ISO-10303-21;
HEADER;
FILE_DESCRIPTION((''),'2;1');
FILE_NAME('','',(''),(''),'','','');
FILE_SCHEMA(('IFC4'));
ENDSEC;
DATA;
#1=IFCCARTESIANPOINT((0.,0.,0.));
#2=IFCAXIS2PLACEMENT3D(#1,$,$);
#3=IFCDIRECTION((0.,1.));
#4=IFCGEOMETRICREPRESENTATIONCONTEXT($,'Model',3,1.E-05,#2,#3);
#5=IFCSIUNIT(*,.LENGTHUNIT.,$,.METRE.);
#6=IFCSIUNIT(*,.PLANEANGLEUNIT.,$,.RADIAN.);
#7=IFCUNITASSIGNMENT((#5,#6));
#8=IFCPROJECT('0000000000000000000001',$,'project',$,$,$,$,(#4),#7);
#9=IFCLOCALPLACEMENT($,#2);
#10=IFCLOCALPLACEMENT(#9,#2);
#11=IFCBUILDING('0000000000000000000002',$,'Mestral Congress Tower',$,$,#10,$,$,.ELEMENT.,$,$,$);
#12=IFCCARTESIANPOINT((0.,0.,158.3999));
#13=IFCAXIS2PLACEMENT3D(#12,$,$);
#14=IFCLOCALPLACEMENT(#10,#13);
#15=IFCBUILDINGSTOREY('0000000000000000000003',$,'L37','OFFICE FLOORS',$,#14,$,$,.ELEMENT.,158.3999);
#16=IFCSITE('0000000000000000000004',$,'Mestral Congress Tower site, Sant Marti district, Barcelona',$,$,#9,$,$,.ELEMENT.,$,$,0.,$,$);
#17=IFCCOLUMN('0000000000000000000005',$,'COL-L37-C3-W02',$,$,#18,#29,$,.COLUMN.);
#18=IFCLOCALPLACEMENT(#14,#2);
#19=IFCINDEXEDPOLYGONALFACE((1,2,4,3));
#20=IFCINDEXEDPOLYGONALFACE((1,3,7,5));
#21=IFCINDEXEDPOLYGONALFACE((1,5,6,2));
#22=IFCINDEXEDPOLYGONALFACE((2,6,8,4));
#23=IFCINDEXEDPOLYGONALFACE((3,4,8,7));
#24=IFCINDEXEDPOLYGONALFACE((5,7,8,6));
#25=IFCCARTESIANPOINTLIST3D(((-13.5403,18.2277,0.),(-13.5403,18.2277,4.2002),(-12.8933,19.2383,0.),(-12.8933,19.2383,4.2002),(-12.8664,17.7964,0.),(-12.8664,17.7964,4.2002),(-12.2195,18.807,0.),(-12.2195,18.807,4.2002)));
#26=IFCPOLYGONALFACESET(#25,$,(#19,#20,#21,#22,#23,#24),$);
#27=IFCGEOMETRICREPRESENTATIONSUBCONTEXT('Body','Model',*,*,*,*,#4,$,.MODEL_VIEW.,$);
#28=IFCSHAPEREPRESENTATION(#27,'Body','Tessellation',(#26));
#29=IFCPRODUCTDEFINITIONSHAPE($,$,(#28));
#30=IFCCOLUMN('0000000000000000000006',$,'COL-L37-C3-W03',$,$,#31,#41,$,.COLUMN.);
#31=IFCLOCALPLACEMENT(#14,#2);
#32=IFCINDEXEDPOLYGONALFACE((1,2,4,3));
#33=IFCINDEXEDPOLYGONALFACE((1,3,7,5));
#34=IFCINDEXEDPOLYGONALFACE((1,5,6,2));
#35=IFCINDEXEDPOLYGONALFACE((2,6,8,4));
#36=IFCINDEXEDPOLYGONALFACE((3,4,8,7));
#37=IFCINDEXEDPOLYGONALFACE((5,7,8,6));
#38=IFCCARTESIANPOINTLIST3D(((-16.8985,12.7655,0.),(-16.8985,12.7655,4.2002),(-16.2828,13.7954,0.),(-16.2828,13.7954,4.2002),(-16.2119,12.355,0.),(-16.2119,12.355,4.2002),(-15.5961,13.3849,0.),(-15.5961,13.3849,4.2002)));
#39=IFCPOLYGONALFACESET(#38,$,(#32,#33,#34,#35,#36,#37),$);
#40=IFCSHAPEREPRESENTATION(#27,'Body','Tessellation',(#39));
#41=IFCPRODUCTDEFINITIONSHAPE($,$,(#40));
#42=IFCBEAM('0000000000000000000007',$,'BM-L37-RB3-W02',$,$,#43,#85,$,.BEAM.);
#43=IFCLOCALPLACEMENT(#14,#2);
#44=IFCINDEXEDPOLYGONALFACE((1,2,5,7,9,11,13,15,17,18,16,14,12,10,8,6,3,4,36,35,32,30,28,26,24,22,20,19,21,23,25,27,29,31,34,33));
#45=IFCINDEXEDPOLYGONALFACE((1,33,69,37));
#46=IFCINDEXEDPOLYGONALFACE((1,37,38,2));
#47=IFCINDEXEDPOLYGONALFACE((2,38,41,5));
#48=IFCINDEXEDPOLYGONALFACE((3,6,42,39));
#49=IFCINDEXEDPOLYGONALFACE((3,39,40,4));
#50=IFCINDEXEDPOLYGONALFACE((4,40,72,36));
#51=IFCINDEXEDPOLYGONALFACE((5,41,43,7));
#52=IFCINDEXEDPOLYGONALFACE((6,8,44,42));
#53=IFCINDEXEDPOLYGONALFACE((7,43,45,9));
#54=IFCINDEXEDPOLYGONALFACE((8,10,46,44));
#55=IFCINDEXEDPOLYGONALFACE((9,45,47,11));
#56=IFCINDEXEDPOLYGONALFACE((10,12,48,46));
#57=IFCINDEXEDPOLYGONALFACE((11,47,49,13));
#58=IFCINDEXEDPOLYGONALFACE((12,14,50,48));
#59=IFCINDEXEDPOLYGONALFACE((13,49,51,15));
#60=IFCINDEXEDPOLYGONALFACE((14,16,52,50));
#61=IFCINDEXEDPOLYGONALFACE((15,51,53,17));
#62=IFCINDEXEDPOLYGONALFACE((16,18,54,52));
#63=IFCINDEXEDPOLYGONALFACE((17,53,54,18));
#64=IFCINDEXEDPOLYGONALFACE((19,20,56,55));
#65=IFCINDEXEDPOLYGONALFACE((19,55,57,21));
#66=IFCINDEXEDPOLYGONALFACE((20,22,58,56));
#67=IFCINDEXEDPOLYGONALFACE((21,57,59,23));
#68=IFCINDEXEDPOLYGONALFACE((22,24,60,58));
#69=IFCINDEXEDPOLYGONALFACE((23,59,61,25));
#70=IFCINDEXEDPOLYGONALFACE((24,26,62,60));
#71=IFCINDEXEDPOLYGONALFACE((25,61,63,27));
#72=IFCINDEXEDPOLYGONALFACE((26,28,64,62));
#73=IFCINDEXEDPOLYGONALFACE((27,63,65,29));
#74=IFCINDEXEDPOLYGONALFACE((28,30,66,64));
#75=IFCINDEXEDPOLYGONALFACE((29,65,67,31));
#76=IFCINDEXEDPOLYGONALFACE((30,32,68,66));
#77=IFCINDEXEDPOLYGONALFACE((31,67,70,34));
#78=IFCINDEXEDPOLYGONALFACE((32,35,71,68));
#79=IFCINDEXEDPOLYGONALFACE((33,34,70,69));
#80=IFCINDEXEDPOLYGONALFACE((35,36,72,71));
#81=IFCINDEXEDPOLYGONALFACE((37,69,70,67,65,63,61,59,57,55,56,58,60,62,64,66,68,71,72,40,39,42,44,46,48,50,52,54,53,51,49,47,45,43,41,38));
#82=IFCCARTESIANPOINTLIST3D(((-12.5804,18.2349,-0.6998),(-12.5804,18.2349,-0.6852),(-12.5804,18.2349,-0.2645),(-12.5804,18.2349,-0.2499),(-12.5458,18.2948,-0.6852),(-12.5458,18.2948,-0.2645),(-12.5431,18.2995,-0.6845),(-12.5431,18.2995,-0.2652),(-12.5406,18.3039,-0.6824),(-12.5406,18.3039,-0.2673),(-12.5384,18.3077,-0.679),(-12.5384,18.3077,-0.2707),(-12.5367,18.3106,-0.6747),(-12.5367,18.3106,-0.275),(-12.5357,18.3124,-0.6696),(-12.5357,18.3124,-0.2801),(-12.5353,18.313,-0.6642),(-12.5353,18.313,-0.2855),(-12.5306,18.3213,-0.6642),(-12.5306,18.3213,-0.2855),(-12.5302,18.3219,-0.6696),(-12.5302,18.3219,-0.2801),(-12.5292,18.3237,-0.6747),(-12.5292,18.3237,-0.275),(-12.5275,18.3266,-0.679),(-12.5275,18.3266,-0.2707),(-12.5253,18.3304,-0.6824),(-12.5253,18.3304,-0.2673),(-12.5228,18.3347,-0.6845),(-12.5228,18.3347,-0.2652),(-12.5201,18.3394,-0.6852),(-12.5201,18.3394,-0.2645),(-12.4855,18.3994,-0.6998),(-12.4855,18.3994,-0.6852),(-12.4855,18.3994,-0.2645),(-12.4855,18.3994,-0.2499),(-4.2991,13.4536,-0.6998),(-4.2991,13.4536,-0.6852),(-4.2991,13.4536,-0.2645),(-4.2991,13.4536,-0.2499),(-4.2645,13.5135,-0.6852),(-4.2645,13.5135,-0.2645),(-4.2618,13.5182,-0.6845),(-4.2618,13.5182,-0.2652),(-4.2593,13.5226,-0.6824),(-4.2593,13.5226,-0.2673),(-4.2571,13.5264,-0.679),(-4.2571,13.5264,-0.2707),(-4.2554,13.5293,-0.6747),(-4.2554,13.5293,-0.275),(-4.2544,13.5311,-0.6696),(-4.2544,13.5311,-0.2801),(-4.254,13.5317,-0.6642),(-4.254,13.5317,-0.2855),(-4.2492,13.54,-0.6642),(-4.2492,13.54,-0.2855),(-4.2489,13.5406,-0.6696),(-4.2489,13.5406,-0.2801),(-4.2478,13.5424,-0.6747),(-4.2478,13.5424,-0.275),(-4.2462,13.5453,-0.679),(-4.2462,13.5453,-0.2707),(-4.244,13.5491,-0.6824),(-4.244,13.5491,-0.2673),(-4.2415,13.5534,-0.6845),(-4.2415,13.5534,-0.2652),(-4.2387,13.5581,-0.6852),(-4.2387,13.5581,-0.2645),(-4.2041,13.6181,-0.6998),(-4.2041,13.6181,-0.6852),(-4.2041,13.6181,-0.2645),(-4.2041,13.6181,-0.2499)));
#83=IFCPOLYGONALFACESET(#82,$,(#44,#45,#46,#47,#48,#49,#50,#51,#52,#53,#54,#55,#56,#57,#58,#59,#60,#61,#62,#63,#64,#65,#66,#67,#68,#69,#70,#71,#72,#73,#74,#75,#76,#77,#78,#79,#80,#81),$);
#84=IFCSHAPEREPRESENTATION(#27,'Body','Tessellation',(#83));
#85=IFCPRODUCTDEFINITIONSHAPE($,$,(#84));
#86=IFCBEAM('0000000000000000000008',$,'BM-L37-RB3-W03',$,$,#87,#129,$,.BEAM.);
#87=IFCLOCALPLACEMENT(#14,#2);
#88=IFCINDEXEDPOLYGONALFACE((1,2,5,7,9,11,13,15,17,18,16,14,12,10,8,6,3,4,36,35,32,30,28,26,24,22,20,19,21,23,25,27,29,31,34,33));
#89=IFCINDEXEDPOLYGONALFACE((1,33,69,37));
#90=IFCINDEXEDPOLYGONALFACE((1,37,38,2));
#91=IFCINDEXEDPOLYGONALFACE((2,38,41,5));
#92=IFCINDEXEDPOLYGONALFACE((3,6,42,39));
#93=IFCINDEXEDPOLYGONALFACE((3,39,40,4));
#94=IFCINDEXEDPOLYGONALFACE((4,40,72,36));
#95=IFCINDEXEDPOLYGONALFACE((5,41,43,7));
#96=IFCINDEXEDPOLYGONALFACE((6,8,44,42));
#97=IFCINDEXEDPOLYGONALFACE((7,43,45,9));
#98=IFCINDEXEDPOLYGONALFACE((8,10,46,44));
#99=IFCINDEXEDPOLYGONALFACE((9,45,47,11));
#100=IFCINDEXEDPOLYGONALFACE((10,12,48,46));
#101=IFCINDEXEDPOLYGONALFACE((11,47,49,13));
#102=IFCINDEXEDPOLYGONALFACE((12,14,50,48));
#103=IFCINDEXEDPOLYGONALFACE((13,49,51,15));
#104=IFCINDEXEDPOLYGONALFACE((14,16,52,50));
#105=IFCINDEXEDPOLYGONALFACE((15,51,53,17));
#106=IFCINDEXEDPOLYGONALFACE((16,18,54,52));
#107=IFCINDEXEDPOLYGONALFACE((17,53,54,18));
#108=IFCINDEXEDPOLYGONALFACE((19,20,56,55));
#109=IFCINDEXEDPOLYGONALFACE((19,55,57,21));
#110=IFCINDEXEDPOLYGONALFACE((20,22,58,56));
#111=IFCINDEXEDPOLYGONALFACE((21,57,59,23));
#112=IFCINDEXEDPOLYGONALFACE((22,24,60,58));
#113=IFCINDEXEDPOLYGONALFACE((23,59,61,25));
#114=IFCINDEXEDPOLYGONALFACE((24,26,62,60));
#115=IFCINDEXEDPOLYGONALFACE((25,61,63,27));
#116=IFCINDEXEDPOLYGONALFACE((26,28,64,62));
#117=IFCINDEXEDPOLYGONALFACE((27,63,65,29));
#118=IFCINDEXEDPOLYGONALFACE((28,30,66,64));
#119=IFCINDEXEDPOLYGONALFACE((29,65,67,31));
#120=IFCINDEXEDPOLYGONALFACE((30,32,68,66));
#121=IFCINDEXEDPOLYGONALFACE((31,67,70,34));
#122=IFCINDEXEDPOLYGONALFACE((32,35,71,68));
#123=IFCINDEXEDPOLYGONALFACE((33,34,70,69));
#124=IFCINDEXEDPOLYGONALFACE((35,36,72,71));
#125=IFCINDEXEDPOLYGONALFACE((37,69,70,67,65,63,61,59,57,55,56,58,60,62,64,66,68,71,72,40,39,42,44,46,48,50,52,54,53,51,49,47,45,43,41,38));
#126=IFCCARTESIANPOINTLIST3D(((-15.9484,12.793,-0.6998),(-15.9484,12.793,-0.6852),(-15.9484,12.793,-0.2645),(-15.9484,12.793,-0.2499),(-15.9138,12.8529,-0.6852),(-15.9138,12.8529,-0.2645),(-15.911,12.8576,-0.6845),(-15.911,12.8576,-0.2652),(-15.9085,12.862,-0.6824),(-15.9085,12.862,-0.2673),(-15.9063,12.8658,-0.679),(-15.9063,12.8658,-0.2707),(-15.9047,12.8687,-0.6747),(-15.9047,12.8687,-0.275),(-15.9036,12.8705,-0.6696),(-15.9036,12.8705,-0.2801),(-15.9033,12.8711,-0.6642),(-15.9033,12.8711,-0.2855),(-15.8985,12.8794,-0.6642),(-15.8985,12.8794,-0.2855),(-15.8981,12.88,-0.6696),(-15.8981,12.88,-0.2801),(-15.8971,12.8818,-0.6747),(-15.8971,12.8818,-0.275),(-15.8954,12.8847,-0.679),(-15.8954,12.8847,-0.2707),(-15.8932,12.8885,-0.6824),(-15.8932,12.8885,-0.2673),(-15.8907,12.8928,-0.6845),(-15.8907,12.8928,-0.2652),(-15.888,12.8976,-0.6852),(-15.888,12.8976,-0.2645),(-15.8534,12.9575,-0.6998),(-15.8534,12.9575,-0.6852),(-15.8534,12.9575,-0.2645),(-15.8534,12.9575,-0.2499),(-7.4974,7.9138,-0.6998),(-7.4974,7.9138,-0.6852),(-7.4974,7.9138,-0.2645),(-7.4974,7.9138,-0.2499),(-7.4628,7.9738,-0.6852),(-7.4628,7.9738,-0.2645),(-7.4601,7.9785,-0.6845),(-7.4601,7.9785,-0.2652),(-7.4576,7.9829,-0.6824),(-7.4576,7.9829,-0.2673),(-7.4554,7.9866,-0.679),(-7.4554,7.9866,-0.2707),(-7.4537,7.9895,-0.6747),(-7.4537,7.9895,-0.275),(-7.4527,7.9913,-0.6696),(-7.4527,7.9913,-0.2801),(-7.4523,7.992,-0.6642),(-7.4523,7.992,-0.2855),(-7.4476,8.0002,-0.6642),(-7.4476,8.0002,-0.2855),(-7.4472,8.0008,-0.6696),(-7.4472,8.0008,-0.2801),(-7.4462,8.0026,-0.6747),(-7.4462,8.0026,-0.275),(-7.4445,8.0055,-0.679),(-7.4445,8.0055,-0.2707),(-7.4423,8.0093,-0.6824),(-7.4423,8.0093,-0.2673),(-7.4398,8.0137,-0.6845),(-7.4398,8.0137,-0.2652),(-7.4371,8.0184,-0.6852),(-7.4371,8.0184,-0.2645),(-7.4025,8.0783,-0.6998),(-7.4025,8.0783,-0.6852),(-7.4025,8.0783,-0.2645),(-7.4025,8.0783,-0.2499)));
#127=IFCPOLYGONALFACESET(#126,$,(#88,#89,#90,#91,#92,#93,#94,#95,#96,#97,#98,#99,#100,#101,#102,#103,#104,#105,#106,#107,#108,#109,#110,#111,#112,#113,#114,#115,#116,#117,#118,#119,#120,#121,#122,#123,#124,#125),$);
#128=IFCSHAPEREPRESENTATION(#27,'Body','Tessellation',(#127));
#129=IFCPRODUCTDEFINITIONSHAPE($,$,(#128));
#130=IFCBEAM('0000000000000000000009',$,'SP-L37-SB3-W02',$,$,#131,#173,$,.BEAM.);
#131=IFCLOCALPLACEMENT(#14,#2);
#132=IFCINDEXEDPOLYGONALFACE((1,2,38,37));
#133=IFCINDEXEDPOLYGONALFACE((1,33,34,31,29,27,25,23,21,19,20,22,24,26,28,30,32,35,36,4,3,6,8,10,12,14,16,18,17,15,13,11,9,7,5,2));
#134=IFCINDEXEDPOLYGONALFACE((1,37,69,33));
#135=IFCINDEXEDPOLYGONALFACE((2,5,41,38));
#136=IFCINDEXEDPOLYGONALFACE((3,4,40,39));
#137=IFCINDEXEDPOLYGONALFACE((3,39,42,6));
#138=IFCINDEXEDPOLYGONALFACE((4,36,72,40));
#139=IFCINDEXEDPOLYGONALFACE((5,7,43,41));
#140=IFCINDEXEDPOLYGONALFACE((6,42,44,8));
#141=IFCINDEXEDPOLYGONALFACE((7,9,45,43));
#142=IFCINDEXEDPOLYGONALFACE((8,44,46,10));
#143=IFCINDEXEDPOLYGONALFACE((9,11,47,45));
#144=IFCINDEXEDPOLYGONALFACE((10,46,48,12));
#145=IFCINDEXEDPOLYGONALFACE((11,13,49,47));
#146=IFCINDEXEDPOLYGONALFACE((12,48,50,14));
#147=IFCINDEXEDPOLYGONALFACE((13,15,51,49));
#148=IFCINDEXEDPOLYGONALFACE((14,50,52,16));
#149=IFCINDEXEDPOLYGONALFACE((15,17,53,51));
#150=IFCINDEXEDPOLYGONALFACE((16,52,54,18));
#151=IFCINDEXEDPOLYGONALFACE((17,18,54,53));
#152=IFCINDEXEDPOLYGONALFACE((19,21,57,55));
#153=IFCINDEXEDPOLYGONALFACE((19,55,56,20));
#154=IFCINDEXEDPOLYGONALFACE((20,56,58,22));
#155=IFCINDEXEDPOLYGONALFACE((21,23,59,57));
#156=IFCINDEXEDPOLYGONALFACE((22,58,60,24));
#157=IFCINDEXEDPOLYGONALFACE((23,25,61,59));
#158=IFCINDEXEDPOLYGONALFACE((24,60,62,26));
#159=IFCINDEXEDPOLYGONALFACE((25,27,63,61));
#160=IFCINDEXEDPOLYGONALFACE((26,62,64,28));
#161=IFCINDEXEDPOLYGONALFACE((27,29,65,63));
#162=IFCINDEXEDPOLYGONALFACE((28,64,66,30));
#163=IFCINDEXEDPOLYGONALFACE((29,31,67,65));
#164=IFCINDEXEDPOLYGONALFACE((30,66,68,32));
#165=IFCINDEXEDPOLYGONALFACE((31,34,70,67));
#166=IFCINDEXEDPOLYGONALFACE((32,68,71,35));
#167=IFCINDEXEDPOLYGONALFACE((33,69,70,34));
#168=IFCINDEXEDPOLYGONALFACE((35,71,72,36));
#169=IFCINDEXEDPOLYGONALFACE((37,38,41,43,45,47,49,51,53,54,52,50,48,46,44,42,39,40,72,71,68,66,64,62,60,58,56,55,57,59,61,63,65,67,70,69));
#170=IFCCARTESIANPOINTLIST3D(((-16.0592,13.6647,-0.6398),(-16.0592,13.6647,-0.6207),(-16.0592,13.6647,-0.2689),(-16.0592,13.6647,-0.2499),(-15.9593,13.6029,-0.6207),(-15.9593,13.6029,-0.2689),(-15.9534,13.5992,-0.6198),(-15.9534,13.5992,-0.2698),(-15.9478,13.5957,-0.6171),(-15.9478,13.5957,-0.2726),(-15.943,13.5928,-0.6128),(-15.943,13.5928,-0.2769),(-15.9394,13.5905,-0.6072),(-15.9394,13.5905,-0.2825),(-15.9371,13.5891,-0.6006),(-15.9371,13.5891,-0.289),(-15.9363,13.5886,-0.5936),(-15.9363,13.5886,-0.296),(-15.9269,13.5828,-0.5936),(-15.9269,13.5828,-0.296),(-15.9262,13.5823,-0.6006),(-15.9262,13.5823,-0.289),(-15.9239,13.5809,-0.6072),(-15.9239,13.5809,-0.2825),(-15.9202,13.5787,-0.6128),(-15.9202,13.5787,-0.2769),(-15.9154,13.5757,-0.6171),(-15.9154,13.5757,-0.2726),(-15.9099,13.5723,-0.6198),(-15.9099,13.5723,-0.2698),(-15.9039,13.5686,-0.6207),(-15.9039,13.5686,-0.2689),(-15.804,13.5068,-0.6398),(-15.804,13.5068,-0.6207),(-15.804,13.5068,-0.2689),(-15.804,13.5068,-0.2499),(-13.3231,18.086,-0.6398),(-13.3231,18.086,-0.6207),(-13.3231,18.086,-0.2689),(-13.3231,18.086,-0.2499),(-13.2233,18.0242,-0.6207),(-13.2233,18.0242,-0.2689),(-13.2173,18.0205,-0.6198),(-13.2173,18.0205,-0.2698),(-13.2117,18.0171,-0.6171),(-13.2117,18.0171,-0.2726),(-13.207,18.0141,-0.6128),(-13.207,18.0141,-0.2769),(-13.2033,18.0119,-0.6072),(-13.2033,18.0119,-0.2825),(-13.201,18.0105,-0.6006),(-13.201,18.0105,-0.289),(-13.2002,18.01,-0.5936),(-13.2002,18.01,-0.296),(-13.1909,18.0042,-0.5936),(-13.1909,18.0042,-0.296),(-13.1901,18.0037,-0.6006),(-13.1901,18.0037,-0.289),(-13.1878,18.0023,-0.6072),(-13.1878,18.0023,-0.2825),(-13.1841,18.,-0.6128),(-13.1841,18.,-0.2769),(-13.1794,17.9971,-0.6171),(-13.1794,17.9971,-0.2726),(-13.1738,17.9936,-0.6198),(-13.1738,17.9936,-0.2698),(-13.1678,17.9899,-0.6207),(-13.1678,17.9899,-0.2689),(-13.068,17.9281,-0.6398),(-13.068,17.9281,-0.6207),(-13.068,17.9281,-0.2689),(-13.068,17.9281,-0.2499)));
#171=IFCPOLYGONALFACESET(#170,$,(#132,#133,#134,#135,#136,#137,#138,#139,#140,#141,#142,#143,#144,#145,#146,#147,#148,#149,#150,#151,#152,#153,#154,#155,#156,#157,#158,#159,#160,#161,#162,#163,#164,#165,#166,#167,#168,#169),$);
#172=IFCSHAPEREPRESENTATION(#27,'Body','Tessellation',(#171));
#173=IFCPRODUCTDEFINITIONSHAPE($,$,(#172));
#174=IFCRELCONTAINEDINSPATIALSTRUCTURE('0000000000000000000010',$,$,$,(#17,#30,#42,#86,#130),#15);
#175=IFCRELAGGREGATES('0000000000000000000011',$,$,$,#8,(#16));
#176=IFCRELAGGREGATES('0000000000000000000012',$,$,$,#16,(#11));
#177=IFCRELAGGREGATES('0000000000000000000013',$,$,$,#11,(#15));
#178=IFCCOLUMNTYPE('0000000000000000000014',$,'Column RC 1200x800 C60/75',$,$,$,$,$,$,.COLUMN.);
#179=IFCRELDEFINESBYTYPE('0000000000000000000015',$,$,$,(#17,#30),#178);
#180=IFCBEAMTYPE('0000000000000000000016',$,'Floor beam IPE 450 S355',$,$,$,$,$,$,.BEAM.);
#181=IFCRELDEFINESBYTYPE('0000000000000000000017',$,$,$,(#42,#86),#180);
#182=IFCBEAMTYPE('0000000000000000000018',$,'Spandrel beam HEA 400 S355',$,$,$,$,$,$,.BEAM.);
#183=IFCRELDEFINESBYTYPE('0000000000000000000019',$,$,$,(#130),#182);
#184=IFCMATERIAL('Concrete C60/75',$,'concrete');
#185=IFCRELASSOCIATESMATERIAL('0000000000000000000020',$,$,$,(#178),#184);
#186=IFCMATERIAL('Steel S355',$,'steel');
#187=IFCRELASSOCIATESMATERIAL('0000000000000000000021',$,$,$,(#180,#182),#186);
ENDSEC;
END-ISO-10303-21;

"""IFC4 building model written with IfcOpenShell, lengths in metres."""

from ifc_helpers import new_model, si_unit, direction, frame, origin, origin_2d, place, context, subcontext, project, spatial, rectangle, i_section, extrude, material, material_profile, profile_set, type_object, element, save


model = new_model("IFC4")

# Units and contexts
model_context = context("Model", 3, precision=1e-05, world=origin(), true_north=direction((0.0, 1.0)))
body_context = subcontext(model_context, "Body", "Model", "MODEL_VIEW")
ifc_project = project(units=[si_unit("LENGTHUNIT", "METRE"), si_unit("PLANEANGLEUNIT", "RADIAN")], contexts=[model_context])

# Site, building, storey
site_placement = place(None, origin())
site = spatial("IfcSite", under=ifc_project, at=site_placement, Name="Mestral Congress Tower site, Sant Marti district, Barcelona", CompositionType="ELEMENT", RefElevation=0.0)
building_placement = place(site_placement, origin())
building = spatial("IfcBuilding", under=site, at=building_placement, Name="Mestral Congress Tower", CompositionType="ELEMENT")
storey_placement = place(building_placement, frame((0.0, 0.0, 158.3999)))
storey = spatial("IfcBuildingStorey", under=building, at=storey_placement, Name="L37", Description="OFFICE FLOORS", CompositionType="ELEMENT", Elevation=158.3999)

# Columns
ifc_material_1 = material(Name="Concrete C60/75", Category="concrete")
ifc_material_profile_1 = material_profile(ifc_material_1, rectangle(XDim=1.2, YDim=0.8, at=origin_2d()), Name="RC 1200x800")
ifc_profile_set_1 = profile_set([ifc_material_profile_1], Name="Concrete C60/75")
column_type = type_object("IfcColumnType", Name="Column RC 1200x800 C60/75", PredefinedType="COLUMN", material=ifc_profile_set_1)
for number, where, z_axis, x_axis, name in (
    (1, (-12.8799, 18.5173, 0.0), (0.0, 0.0, 1.0), (-0.539115, -0.842232, 0.0), "COL-L37-C3-W02"),
    (2, (-16.2473, 13.0752, 0.0), (0.0, 0.0, 1.0), (-0.513159, -0.858293, 0.0), "COL-L37-C3-W03"),
):
    element("IfcColumn", number, at=place(storey_placement, frame(where, z_axis=z_axis, x_axis=x_axis)), inside=storey, type_object=column_type, Name=name, PredefinedType="COLUMN", context=body_context, shape_type="SweptSolid", body=[
        extrude(rectangle(XDim=1.2, YDim=0.8, at=origin_2d()), origin(), (0.0, 0.0, 1.0), 4.2002),
    ])

# Beams
ifc_material_2 = material(Name="Steel S355", Category="steel")
ifc_material_profile_2 = material_profile(ifc_material_2, i_section(OverallWidth=0.1899, OverallDepth=0.45, WebThickness=0.0095, FlangeThickness=0.0146, FilletRadius=0.021, at=origin_2d()), Name="IPE 450")
ifc_profile_set_2 = profile_set([ifc_material_profile_2], Name="Steel S355")
beam_type_1 = type_object("IfcBeamType", Name="Floor beam IPE 450 S355", PredefinedType="BEAM", material=ifc_profile_set_2)
beam_1_placement = place(storey_placement, frame((-12.533, 18.3171, -0.4749), z_axis=(0.866022, -0.500005, 0.0), x_axis=(0.500005, 0.866022, 0.0)))
element("IfcBeam", 3, at=beam_1_placement, inside=storey, type_object=beam_type_1, Name="BM-L37-RB3-W02", PredefinedType="BEAM", context=body_context, shape_type="SweptSolid", body=[
    extrude(i_section(OverallWidth=0.1899, OverallDepth=0.45, WebThickness=0.0095, FlangeThickness=0.0146, FilletRadius=0.021, at=origin_2d()), origin(), (0.0, 0.0, 1.0), 9.5625),
])
beam_2_placement = place(storey_placement, frame((-15.9009, 12.8752, -0.4749), z_axis=(0.866025, -0.5, 0.0), x_axis=(0.5, 0.866025, 0.0)))
element("IfcBeam", 4, at=beam_2_placement, inside=storey, type_object=beam_type_1, Name="BM-L37-RB3-W03", PredefinedType="BEAM", context=body_context, shape_type="SweptSolid", body=[
    extrude(i_section(OverallWidth=0.1899, OverallDepth=0.45, WebThickness=0.0095, FlangeThickness=0.0146, FilletRadius=0.021, at=origin_2d()), origin(), (0.0, 0.0, 1.0), 9.7583),
])
ifc_material_profile_3 = material_profile(ifc_material_2, i_section(OverallWidth=0.3, OverallDepth=0.3899, WebThickness=0.011, FlangeThickness=0.019, FilletRadius=0.0271, at=origin_2d()), Name="HEA 400")
ifc_profile_set_3 = profile_set([ifc_material_profile_3], Name="Steel S355")
beam_type_2 = type_object("IfcBeamType", Name="Spandrel beam HEA 400 S355", PredefinedType="BEAM", material=ifc_profile_set_3)
beam_3_placement = place(storey_placement, frame((-13.1956, 18.0071, -0.4448), z_axis=(-0.52622, -0.850348, 0.0), x_axis=(0.850348, -0.52622, 0.0)))
element("IfcBeam", 5, at=beam_3_placement, inside=storey, type_object=beam_type_2, Name="SP-L37-SB3-W02", PredefinedType="BEAM", context=body_context, shape_type="SweptSolid", body=[
    extrude(i_section(OverallWidth=0.3, OverallDepth=0.3899, WebThickness=0.011, FlangeThickness=0.019, FilletRadius=0.0271, at=origin_2d()), origin(), (0.0, 0.0, 1.0), 5.1995),
])

save(model, "model.ifc")
